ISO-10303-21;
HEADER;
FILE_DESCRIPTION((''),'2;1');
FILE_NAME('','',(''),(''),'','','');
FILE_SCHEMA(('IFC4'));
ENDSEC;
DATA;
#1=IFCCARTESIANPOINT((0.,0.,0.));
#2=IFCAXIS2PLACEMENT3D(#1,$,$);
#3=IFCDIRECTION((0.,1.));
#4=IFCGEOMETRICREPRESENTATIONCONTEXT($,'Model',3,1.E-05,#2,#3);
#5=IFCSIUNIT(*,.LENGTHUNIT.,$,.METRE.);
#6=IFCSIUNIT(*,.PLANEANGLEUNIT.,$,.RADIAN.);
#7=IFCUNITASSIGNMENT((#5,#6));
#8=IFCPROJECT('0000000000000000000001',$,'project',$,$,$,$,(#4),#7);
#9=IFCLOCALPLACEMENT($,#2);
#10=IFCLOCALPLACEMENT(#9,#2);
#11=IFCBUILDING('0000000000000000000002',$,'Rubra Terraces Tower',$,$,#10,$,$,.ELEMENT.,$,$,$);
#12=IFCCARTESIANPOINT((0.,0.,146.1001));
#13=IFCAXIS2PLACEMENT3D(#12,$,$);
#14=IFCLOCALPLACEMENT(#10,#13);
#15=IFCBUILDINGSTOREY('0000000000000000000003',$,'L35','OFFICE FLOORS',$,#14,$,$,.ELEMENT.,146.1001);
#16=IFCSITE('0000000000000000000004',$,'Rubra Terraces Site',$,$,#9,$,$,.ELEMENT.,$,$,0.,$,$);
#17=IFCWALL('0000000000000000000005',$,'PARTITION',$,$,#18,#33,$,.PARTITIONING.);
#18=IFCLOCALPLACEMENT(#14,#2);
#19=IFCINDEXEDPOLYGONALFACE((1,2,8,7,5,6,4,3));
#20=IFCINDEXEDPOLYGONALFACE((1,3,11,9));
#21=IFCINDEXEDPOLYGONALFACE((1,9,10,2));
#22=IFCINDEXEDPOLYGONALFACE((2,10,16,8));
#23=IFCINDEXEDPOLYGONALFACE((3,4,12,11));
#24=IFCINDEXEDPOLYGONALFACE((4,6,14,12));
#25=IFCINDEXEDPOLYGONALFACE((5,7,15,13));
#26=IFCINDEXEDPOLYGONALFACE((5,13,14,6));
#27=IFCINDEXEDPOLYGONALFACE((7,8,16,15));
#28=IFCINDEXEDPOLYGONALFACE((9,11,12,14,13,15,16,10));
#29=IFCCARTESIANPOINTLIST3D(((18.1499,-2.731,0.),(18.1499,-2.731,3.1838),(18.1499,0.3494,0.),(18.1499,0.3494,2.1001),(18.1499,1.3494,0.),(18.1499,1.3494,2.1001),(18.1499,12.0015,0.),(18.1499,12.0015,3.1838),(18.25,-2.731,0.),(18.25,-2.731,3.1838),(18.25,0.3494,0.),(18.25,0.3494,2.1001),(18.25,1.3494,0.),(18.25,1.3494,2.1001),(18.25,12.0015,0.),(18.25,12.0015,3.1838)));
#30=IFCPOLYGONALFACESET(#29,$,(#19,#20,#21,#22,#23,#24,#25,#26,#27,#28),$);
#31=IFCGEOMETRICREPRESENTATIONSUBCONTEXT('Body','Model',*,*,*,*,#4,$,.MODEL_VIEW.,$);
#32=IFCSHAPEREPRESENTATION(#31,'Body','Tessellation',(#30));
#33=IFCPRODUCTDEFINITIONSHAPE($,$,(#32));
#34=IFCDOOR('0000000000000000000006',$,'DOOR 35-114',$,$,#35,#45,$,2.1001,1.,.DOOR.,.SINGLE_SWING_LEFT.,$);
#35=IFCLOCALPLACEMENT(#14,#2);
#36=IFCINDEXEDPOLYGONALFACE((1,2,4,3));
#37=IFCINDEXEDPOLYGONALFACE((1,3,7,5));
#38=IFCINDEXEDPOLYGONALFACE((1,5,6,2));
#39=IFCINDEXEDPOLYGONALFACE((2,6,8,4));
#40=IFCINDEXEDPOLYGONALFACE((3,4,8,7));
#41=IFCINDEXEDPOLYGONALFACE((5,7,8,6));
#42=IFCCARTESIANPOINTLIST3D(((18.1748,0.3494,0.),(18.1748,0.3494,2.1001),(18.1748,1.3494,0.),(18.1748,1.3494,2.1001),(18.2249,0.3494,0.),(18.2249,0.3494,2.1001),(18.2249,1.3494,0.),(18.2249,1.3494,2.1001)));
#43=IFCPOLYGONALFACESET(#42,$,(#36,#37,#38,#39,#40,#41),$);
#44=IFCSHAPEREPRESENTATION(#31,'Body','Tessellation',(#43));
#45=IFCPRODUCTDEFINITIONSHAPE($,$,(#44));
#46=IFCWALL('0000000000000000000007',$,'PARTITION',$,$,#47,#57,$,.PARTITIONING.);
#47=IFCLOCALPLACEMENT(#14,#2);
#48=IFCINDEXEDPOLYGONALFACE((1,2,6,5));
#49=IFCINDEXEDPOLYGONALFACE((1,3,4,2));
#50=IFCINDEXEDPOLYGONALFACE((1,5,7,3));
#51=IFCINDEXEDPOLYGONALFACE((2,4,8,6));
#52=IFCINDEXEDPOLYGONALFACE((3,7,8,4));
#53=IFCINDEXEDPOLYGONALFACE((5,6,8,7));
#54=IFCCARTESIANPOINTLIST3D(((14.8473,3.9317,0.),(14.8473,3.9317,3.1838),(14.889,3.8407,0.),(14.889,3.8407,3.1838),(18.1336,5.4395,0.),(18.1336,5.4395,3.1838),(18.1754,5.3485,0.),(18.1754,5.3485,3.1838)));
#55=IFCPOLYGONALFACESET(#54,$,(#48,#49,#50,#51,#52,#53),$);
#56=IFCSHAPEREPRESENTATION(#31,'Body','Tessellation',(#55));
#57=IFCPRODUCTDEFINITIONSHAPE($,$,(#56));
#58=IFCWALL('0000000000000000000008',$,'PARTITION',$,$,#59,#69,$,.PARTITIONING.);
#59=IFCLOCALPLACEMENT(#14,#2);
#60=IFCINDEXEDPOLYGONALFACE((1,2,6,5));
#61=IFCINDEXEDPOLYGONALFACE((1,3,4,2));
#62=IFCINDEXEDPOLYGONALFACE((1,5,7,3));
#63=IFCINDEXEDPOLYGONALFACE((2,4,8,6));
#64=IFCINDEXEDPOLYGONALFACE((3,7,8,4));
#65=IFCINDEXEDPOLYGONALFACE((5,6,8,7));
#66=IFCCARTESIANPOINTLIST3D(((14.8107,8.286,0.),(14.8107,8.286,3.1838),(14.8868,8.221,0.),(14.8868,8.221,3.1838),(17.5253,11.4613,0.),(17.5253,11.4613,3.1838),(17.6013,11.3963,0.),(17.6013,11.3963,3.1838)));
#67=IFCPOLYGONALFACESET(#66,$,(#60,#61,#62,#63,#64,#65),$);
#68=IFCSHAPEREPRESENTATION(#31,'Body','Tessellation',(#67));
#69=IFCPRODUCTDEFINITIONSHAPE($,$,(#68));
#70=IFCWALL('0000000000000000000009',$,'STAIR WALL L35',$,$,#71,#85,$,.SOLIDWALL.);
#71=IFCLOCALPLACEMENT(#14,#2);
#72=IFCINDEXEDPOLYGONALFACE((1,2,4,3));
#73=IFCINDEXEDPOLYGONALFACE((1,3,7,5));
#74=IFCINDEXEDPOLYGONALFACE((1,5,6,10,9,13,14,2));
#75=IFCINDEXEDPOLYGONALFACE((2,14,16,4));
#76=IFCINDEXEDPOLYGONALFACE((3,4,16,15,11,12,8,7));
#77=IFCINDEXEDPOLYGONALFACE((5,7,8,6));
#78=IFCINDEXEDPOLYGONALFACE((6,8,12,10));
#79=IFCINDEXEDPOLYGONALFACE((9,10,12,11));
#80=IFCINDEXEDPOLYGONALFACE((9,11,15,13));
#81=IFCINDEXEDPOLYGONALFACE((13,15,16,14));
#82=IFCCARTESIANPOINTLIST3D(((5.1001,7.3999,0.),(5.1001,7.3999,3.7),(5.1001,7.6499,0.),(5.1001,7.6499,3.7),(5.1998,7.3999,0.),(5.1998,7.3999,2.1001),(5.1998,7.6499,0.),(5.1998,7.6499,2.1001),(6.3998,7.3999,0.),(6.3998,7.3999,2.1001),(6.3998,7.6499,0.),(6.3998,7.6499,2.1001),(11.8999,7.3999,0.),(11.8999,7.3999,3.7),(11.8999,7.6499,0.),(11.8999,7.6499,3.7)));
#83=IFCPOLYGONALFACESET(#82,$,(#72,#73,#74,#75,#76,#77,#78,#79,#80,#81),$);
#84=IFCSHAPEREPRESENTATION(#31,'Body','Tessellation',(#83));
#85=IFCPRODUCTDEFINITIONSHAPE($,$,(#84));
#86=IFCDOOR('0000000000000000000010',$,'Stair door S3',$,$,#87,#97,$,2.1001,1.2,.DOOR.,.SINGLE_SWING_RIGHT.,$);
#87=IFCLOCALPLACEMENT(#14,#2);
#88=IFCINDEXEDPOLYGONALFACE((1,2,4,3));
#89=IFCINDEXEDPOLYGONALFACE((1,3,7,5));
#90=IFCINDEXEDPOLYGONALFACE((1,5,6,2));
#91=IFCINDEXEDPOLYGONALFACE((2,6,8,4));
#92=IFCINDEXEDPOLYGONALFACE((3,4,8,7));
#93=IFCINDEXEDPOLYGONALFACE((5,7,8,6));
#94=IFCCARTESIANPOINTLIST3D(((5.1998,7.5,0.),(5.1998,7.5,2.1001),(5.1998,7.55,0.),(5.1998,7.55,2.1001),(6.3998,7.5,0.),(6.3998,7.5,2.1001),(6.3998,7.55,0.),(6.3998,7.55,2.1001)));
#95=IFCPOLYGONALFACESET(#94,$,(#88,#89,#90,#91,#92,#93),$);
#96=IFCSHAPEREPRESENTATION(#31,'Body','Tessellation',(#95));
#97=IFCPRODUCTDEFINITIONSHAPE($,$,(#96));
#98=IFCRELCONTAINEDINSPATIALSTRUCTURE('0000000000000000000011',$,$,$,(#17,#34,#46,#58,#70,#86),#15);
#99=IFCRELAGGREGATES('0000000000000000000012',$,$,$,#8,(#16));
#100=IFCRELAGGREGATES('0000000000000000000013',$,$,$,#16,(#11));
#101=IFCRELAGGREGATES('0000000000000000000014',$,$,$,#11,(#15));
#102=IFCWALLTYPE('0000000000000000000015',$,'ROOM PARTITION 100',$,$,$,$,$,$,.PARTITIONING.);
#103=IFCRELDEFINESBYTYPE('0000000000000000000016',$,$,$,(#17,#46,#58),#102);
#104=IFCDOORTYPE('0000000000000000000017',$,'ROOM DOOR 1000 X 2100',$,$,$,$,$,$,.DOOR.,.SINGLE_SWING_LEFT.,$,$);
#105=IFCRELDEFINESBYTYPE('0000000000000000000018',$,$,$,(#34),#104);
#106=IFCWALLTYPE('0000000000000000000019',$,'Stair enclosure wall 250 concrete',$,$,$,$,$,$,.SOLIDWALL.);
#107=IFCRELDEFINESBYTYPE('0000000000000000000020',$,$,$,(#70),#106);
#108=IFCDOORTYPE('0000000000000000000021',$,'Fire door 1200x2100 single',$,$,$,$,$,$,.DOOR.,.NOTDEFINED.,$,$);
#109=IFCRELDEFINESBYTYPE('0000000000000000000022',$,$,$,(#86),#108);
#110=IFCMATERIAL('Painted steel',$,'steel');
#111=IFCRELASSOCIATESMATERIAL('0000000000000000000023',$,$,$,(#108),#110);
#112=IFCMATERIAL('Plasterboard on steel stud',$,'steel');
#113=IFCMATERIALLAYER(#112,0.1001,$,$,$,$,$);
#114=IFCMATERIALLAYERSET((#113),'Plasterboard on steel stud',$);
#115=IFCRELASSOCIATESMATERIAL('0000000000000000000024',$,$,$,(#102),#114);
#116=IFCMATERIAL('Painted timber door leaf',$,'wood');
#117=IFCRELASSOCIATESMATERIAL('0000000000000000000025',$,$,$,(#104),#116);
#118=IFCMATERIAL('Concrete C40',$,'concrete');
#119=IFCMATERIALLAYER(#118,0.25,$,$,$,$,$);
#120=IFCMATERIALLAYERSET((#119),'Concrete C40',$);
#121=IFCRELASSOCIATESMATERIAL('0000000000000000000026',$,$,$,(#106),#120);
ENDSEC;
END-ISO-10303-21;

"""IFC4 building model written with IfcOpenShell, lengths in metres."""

from ifc_helpers import new_model, si_unit, direction, frame, frame_2d, origin, place, context, subcontext, project, spatial, rectangle, extrude, material, layer, layer_set, type_object, element, fill, save


model = new_model("IFC4")

# Units and contexts
model_context = context("Model", 3, precision=1e-05, world=origin(), true_north=direction((0.0, 1.0)))
body_context = subcontext(model_context, "Body", "Model", "MODEL_VIEW")
ifc_project = project(units=[si_unit("LENGTHUNIT", "METRE"), si_unit("PLANEANGLEUNIT", "RADIAN")], contexts=[model_context])

# Site, building, storey
site_placement = place(None, origin())
site = spatial("IfcSite", under=ifc_project, at=site_placement, Name="Rubra Terraces Site", CompositionType="ELEMENT", RefElevation=0.0)
building_placement = place(site_placement, origin())
building = spatial("IfcBuilding", under=site, at=building_placement, Name="Rubra Terraces Tower", CompositionType="ELEMENT")
storey_placement = place(building_placement, frame((0.0, 0.0, 146.1001)))
storey = spatial("IfcBuildingStorey", under=building, at=storey_placement, Name="L35", Description="OFFICE FLOORS", CompositionType="ELEMENT", Elevation=146.1001)

# Shared definitions
ifc_material_1 = material(Name="Concrete C40", Category="concrete")

# Shared definitions
ifc_material_2 = material(Name="Painted steel", Category="steel")
door_type_1 = type_object("IfcDoorType", Name="Fire door 1200x2100 single", OperationType="NOTDEFINED", PredefinedType="DOOR", material=ifc_material_2)

# Wall, opening, door
ifc_material_3 = material(Name="Plasterboard on steel stud", Category="steel")
ifc_layer_1 = layer(ifc_material_3, 0.1001)
ifc_layer_set_1 = layer_set([ifc_layer_1], Name="Plasterboard on steel stud")
wall_type_1 = type_object("IfcWallType", Name="ROOM PARTITION 100", PredefinedType="PARTITIONING", material=ifc_layer_set_1)
wall_1_placement = place(storey_placement, frame((18.2, 12.0015, 0.0), z_axis=(0.0, 0.0, 1.0), x_axis=(0.0, -1.0, 0.0)))
wall_1 = element("IfcWall", 1, at=wall_1_placement, inside=storey, type_object=wall_type_1, Name="PARTITION", PredefinedType="PARTITIONING", context=body_context, shape_type="SweptSolid", body=[
    extrude(rectangle(XDim=14.7324, YDim=0.1001, at=frame_2d((7.3662, 0.0))), origin(), (0.0, 0.0, 1.0), 3.1838),
])
opening_1_placement = place(wall_1_placement, frame((10.6521, 0.0, 0.0)))
opening_1 = element("IfcOpeningElement", 2, at=opening_1_placement, cuts=wall_1, PredefinedType="OPENING", context=body_context, shape_type="SweptSolid", body=[
    extrude(rectangle(XDim=1.0, YDim=2.1001, at=frame_2d((0.5, 1.05))), frame((0.0, 0.0601, 0.0), z_axis=(0.0, -1.0, 0.0), x_axis=(1.0, 0.0, 0.0)), (0.0, 0.0, 1.0), 0.1201),
])
ifc_material_4 = material(Name="Painted timber door leaf", Category="wood")
door_type_2 = type_object("IfcDoorType", Name="ROOM DOOR 1000 X 2100", OperationType="SINGLE_SWING_LEFT", PredefinedType="DOOR", material=ifc_material_4)
door_1_placement = place(opening_1_placement, origin())
door_1 = element("IfcDoor", 3, at=door_1_placement, inside=storey, type_object=door_type_2, Name="DOOR 35-114", OperationType="SINGLE_SWING_LEFT", OverallHeight=2.1001, OverallWidth=1.0, PredefinedType="DOOR", context=body_context, shape_type="SweptSolid", body=[
    extrude(rectangle(XDim=1.0, YDim=2.1001, at=frame_2d((0.5, 1.05))), frame((0.0, 0.0249, 0.0), z_axis=(0.0, -1.0, 0.0), x_axis=(1.0, 0.0, 0.0)), (0.0, 0.0, 1.0), 0.05),
])
fill(opening_1, door_1)

# Walls
wall_2_placement = place(storey_placement, frame((14.8682, 3.8862, 0.0), z_axis=(0.0, 0.0, 1.0), x_axis=(0.908902, 0.41701, 0.0)))
element("IfcWall", 4, at=wall_2_placement, inside=storey, type_object=wall_type_1, Name="PARTITION", PredefinedType="PARTITIONING", context=body_context, shape_type="SweptSolid", body=[
    extrude(rectangle(XDim=3.6157, YDim=0.1001, at=frame_2d((1.8079, 0.0))), origin(), (0.0, 0.0, 1.0), 3.1838),
])
wall_3_placement = place(storey_placement, frame((14.8486, 8.2534, 0.0), z_axis=(0.0, 0.0, 1.0), x_axis=(0.649814, 0.760093, 0.0)))
element("IfcWall", 5, at=wall_3_placement, inside=storey, type_object=wall_type_1, Name="PARTITION", PredefinedType="PARTITIONING", context=body_context, shape_type="SweptSolid", body=[
    extrude(rectangle(XDim=4.1775, YDim=0.1001, at=frame_2d((2.0889, 0.0))), origin(), (0.0, 0.0, 1.0), 3.1838),
])

# Wall, opening, door
ifc_layer_2 = layer(ifc_material_1, 0.25)
ifc_layer_set_2 = layer_set([ifc_layer_2], Name="Concrete C40")
wall_type_2 = type_object("IfcWallType", Name="Stair enclosure wall 250 concrete", PredefinedType="SOLIDWALL", material=ifc_layer_set_2)
wall_4_placement = place(storey_placement, frame((11.8999, 7.5249, 0.0), z_axis=(0.0, 0.0, 1.0), x_axis=(-1.0, 0.0, 0.0)))
wall_4 = element("IfcWall", 6, at=wall_4_placement, inside=storey, type_object=wall_type_2, Name="STAIR WALL L35", PredefinedType="SOLIDWALL", context=body_context, shape_type="SweptSolid", body=[
    extrude(rectangle(XDim=6.7998, YDim=0.25, at=frame_2d((3.3999, 0.0))), origin(), (0.0, 0.0, 1.0), 3.7),
])
opening_2_placement = place(wall_4_placement, frame((5.5, 0.0, 0.0)))
opening_2 = element("IfcOpeningElement", 7, at=opening_2_placement, cuts=wall_4, PredefinedType="OPENING", context=body_context, shape_type="SweptSolid", body=[
    extrude(rectangle(XDim=1.2, YDim=2.1001, at=frame_2d((0.6001, 1.05))), frame((0.0, 0.135, 0.0), z_axis=(0.0, -1.0, 0.0), x_axis=(1.0, 0.0, 0.0)), (0.0, 0.0, 1.0), 0.27),
])
door_2_placement = place(opening_2_placement, origin())
door_2 = element("IfcDoor", 8, at=door_2_placement, inside=storey, type_object=door_type_1, Name="Stair door S3", OperationType="SINGLE_SWING_RIGHT", OverallHeight=2.1001, OverallWidth=1.2, PredefinedType="DOOR", context=body_context, shape_type="SweptSolid", body=[
    extrude(rectangle(XDim=1.2, YDim=2.1001, at=frame_2d((0.6001, 1.05))), frame((0.0, 0.0249, 0.0), z_axis=(0.0, -1.0, 0.0), x_axis=(1.0, 0.0, 0.0)), (0.0, 0.0, 1.0), 0.05),
])
fill(opening_2, door_2)

save(model, "model.ifc")
